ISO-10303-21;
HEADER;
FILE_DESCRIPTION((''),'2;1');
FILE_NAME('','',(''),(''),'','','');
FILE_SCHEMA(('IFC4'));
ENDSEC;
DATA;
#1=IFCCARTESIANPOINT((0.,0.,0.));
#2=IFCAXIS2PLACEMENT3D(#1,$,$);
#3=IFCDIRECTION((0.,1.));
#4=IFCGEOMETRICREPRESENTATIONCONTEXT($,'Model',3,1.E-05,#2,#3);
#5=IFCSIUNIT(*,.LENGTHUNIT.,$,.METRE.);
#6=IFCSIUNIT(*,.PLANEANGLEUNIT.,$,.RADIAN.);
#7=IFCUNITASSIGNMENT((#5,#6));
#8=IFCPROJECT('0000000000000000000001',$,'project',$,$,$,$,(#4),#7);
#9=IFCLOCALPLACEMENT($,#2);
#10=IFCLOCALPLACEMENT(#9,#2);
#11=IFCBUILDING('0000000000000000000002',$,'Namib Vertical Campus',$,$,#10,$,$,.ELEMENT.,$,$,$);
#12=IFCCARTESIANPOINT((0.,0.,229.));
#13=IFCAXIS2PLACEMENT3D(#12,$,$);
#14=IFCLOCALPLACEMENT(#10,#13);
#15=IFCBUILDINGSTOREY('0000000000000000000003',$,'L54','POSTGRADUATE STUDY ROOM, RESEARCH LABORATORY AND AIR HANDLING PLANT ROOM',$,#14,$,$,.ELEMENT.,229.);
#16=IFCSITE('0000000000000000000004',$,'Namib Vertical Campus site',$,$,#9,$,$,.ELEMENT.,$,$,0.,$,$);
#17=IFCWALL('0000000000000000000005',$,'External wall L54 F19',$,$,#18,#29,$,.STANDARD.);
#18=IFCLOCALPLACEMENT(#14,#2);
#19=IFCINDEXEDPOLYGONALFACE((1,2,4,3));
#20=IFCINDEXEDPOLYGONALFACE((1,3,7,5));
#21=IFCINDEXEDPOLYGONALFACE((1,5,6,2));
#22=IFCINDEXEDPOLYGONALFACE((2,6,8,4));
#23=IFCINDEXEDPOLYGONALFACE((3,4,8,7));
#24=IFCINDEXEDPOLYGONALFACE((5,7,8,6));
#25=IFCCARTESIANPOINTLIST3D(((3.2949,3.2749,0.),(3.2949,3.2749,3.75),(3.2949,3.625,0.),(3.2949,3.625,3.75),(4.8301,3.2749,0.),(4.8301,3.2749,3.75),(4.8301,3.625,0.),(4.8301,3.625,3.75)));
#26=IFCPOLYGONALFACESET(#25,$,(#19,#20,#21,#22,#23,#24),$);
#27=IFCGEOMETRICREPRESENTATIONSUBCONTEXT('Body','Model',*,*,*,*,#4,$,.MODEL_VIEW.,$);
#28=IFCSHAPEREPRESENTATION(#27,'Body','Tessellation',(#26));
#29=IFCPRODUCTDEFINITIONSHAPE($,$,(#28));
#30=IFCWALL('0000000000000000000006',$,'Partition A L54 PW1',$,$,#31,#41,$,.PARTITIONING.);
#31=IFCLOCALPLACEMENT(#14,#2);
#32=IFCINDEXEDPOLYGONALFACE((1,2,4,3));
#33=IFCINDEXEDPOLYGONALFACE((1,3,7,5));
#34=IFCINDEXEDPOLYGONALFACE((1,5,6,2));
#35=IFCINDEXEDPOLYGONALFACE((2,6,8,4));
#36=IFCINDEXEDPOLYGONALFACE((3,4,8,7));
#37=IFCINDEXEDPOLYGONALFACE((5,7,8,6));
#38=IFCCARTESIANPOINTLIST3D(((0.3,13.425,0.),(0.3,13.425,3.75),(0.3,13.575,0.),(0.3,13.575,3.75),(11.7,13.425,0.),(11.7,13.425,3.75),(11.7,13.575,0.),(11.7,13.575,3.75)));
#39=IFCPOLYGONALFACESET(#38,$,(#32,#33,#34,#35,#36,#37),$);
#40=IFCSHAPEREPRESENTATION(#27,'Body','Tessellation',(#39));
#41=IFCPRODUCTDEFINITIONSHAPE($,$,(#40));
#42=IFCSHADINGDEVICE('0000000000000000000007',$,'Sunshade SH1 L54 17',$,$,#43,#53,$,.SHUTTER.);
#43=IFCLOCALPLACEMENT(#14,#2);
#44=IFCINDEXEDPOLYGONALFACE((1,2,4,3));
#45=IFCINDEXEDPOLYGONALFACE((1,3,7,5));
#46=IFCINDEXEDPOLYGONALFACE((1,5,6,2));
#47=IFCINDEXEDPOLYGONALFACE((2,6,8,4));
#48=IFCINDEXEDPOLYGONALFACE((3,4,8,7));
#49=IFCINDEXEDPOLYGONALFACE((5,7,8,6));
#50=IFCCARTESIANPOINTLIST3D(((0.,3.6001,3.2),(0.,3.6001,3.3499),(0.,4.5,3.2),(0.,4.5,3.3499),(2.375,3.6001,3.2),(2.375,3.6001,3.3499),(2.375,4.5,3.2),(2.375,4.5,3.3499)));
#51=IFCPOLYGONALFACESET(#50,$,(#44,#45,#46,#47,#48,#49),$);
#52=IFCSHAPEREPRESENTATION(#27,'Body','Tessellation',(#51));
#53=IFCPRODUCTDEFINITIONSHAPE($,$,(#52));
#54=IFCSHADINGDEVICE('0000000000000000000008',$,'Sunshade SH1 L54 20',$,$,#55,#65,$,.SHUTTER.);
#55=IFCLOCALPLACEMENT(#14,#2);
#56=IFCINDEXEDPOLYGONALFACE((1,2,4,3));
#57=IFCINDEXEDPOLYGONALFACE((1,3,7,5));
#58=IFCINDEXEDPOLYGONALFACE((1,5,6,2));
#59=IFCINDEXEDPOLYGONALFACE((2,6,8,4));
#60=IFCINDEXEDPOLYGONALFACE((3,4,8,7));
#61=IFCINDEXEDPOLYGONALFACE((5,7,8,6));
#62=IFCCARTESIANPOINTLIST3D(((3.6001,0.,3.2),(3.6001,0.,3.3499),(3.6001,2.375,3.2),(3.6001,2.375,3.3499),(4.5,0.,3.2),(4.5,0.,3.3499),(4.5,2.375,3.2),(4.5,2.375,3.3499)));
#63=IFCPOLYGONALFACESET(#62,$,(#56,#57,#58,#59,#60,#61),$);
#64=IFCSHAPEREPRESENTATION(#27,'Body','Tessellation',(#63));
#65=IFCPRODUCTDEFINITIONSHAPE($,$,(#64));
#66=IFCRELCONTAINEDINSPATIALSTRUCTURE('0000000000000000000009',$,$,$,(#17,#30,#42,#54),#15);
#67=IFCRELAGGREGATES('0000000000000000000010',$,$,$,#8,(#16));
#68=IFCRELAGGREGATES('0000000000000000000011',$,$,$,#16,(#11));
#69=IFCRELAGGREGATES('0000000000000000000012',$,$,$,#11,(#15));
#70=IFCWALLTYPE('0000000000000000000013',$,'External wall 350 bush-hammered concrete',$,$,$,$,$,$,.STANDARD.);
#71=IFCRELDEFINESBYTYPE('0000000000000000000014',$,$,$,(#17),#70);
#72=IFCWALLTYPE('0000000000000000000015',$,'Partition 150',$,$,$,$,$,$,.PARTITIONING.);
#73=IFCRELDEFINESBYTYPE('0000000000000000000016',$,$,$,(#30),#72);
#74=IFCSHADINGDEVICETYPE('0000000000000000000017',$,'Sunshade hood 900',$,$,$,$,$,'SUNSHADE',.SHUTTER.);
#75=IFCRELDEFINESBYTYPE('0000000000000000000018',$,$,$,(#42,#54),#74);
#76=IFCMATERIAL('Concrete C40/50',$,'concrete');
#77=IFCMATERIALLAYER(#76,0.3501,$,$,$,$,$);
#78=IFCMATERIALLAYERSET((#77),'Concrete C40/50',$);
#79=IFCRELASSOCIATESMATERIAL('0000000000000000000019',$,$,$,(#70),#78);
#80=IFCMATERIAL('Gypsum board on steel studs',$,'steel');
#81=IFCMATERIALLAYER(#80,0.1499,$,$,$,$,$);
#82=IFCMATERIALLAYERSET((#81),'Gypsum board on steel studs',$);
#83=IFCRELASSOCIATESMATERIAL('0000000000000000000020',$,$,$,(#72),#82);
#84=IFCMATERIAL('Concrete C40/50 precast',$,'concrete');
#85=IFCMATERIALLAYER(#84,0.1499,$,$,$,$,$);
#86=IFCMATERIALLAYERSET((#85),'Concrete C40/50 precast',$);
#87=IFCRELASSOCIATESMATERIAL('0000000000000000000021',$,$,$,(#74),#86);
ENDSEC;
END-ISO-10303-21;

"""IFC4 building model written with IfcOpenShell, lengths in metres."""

from ifc_helpers import new_model, si_unit, direction, frame, frame_2d, origin, origin_2d, place, context, subcontext, project, spatial, rectangle, extrude, material, layer, layer_set, type_object, element, save


model = new_model("IFC4")

# Units and contexts
model_context = context("Model", 3, precision=1e-05, world=origin(), true_north=direction((0.0, 1.0)))
body_context = subcontext(model_context, "Body", "Model", "MODEL_VIEW")
ifc_project = project(units=[si_unit("LENGTHUNIT", "METRE"), si_unit("PLANEANGLEUNIT", "RADIAN")], contexts=[model_context])

# Site, building, storey
site_placement = place(None, origin())
site = spatial("IfcSite", under=ifc_project, at=site_placement, Name="Namib Vertical Campus site", CompositionType="ELEMENT", RefElevation=0.0)
building_placement = place(site_placement, origin())
building = spatial("IfcBuilding", under=site, at=building_placement, Name="Namib Vertical Campus", CompositionType="ELEMENT")
storey_placement = place(building_placement, frame((0.0, 0.0, 229.0)))
storey = spatial("IfcBuildingStorey", under=building, at=storey_placement, Name="L54", Description="POSTGRADUATE STUDY ROOM, RESEARCH LABORATORY AND AIR HANDLING PLANT ROOM", CompositionType="ELEMENT", Elevation=229.0)

# Walls
ifc_material_1 = material(Name="Concrete C40/50", Category="concrete")
ifc_layer_1 = layer(ifc_material_1, 0.3501)
ifc_layer_set_1 = layer_set([ifc_layer_1], Name="Concrete C40/50")
wall_type_1 = type_object("IfcWallType", Name="External wall 350 bush-hammered concrete", PredefinedType="STANDARD", material=ifc_layer_set_1)
for number, where, z_axis, x_axis, name in (
    (1, (3.2949, 3.45, 0.0), (0.0, 0.0, 1.0), (1.0, 0.0, 0.0), "External wall L54 F19"),
):
    element("IfcWall", number, at=place(storey_placement, frame(where, z_axis=z_axis, x_axis=x_axis)), inside=storey, type_object=wall_type_1, Name=name, PredefinedType="STANDARD", context=body_context, shape_type="SweptSolid", body=[
        extrude(rectangle(XDim=1.5352, YDim=0.3501, at=frame_2d((0.7676, 0.0))), origin(), (0.0, 0.0, 1.0), 3.75),
    ])
ifc_material_2 = material(Name="Gypsum board on steel studs", Category="steel")
ifc_layer_2 = layer(ifc_material_2, 0.1499)
ifc_layer_set_2 = layer_set([ifc_layer_2], Name="Gypsum board on steel studs")
wall_type_2 = type_object("IfcWallType", Name="Partition 150", PredefinedType="PARTITIONING", material=ifc_layer_set_2)
wall_1_placement = place(storey_placement, frame((0.3, 13.5, 0.0), z_axis=(0.0, 0.0, 1.0), x_axis=(1.0, 0.0, 0.0)))
element("IfcWall", 2, at=wall_1_placement, inside=storey, type_object=wall_type_2, Name="Partition A L54 PW1", PredefinedType="PARTITIONING", context=body_context, shape_type="SweptSolid", body=[
    extrude(rectangle(XDim=11.3999, YDim=0.1499, at=frame_2d((5.7, 0.0))), origin(), (0.0, 0.0, 1.0), 3.75),
])

# Shading devices
ifc_material_3 = material(Name="Concrete C40/50 precast", Category="concrete")
ifc_layer_3 = layer(ifc_material_3, 0.1499)
ifc_layer_set_3 = layer_set([ifc_layer_3], Name="Concrete C40/50 precast")
shading_device_type = type_object("IfcShadingDeviceType", Name="Sunshade hood 900", ElementType="SUNSHADE", PredefinedType="SHUTTER", material=ifc_layer_set_3)
for number, where, z_axis, x_axis, name in (
    (3, (1.1875, 4.05, 3.2), (0.0, 0.0, 1.0), (1.0, 0.0, 0.0), "Sunshade SH1 L54 17"),
    (4, (4.05, 1.1875, 3.2), (0.0, 0.0, 1.0), (0.0, -1.0, 0.0), "Sunshade SH1 L54 20"),
):
    element("IfcShadingDevice", number, at=place(storey_placement, frame(where, z_axis=z_axis, x_axis=x_axis)), inside=storey, type_object=shading_device_type, Name=name, PredefinedType="SHUTTER", context=body_context, shape_type="SweptSolid", body=[
        extrude(rectangle(XDim=2.375, YDim=0.8999, at=origin_2d()), origin(), (0.0, 0.0, 1.0), 0.1499),
    ])

save(model, "model.ifc")
